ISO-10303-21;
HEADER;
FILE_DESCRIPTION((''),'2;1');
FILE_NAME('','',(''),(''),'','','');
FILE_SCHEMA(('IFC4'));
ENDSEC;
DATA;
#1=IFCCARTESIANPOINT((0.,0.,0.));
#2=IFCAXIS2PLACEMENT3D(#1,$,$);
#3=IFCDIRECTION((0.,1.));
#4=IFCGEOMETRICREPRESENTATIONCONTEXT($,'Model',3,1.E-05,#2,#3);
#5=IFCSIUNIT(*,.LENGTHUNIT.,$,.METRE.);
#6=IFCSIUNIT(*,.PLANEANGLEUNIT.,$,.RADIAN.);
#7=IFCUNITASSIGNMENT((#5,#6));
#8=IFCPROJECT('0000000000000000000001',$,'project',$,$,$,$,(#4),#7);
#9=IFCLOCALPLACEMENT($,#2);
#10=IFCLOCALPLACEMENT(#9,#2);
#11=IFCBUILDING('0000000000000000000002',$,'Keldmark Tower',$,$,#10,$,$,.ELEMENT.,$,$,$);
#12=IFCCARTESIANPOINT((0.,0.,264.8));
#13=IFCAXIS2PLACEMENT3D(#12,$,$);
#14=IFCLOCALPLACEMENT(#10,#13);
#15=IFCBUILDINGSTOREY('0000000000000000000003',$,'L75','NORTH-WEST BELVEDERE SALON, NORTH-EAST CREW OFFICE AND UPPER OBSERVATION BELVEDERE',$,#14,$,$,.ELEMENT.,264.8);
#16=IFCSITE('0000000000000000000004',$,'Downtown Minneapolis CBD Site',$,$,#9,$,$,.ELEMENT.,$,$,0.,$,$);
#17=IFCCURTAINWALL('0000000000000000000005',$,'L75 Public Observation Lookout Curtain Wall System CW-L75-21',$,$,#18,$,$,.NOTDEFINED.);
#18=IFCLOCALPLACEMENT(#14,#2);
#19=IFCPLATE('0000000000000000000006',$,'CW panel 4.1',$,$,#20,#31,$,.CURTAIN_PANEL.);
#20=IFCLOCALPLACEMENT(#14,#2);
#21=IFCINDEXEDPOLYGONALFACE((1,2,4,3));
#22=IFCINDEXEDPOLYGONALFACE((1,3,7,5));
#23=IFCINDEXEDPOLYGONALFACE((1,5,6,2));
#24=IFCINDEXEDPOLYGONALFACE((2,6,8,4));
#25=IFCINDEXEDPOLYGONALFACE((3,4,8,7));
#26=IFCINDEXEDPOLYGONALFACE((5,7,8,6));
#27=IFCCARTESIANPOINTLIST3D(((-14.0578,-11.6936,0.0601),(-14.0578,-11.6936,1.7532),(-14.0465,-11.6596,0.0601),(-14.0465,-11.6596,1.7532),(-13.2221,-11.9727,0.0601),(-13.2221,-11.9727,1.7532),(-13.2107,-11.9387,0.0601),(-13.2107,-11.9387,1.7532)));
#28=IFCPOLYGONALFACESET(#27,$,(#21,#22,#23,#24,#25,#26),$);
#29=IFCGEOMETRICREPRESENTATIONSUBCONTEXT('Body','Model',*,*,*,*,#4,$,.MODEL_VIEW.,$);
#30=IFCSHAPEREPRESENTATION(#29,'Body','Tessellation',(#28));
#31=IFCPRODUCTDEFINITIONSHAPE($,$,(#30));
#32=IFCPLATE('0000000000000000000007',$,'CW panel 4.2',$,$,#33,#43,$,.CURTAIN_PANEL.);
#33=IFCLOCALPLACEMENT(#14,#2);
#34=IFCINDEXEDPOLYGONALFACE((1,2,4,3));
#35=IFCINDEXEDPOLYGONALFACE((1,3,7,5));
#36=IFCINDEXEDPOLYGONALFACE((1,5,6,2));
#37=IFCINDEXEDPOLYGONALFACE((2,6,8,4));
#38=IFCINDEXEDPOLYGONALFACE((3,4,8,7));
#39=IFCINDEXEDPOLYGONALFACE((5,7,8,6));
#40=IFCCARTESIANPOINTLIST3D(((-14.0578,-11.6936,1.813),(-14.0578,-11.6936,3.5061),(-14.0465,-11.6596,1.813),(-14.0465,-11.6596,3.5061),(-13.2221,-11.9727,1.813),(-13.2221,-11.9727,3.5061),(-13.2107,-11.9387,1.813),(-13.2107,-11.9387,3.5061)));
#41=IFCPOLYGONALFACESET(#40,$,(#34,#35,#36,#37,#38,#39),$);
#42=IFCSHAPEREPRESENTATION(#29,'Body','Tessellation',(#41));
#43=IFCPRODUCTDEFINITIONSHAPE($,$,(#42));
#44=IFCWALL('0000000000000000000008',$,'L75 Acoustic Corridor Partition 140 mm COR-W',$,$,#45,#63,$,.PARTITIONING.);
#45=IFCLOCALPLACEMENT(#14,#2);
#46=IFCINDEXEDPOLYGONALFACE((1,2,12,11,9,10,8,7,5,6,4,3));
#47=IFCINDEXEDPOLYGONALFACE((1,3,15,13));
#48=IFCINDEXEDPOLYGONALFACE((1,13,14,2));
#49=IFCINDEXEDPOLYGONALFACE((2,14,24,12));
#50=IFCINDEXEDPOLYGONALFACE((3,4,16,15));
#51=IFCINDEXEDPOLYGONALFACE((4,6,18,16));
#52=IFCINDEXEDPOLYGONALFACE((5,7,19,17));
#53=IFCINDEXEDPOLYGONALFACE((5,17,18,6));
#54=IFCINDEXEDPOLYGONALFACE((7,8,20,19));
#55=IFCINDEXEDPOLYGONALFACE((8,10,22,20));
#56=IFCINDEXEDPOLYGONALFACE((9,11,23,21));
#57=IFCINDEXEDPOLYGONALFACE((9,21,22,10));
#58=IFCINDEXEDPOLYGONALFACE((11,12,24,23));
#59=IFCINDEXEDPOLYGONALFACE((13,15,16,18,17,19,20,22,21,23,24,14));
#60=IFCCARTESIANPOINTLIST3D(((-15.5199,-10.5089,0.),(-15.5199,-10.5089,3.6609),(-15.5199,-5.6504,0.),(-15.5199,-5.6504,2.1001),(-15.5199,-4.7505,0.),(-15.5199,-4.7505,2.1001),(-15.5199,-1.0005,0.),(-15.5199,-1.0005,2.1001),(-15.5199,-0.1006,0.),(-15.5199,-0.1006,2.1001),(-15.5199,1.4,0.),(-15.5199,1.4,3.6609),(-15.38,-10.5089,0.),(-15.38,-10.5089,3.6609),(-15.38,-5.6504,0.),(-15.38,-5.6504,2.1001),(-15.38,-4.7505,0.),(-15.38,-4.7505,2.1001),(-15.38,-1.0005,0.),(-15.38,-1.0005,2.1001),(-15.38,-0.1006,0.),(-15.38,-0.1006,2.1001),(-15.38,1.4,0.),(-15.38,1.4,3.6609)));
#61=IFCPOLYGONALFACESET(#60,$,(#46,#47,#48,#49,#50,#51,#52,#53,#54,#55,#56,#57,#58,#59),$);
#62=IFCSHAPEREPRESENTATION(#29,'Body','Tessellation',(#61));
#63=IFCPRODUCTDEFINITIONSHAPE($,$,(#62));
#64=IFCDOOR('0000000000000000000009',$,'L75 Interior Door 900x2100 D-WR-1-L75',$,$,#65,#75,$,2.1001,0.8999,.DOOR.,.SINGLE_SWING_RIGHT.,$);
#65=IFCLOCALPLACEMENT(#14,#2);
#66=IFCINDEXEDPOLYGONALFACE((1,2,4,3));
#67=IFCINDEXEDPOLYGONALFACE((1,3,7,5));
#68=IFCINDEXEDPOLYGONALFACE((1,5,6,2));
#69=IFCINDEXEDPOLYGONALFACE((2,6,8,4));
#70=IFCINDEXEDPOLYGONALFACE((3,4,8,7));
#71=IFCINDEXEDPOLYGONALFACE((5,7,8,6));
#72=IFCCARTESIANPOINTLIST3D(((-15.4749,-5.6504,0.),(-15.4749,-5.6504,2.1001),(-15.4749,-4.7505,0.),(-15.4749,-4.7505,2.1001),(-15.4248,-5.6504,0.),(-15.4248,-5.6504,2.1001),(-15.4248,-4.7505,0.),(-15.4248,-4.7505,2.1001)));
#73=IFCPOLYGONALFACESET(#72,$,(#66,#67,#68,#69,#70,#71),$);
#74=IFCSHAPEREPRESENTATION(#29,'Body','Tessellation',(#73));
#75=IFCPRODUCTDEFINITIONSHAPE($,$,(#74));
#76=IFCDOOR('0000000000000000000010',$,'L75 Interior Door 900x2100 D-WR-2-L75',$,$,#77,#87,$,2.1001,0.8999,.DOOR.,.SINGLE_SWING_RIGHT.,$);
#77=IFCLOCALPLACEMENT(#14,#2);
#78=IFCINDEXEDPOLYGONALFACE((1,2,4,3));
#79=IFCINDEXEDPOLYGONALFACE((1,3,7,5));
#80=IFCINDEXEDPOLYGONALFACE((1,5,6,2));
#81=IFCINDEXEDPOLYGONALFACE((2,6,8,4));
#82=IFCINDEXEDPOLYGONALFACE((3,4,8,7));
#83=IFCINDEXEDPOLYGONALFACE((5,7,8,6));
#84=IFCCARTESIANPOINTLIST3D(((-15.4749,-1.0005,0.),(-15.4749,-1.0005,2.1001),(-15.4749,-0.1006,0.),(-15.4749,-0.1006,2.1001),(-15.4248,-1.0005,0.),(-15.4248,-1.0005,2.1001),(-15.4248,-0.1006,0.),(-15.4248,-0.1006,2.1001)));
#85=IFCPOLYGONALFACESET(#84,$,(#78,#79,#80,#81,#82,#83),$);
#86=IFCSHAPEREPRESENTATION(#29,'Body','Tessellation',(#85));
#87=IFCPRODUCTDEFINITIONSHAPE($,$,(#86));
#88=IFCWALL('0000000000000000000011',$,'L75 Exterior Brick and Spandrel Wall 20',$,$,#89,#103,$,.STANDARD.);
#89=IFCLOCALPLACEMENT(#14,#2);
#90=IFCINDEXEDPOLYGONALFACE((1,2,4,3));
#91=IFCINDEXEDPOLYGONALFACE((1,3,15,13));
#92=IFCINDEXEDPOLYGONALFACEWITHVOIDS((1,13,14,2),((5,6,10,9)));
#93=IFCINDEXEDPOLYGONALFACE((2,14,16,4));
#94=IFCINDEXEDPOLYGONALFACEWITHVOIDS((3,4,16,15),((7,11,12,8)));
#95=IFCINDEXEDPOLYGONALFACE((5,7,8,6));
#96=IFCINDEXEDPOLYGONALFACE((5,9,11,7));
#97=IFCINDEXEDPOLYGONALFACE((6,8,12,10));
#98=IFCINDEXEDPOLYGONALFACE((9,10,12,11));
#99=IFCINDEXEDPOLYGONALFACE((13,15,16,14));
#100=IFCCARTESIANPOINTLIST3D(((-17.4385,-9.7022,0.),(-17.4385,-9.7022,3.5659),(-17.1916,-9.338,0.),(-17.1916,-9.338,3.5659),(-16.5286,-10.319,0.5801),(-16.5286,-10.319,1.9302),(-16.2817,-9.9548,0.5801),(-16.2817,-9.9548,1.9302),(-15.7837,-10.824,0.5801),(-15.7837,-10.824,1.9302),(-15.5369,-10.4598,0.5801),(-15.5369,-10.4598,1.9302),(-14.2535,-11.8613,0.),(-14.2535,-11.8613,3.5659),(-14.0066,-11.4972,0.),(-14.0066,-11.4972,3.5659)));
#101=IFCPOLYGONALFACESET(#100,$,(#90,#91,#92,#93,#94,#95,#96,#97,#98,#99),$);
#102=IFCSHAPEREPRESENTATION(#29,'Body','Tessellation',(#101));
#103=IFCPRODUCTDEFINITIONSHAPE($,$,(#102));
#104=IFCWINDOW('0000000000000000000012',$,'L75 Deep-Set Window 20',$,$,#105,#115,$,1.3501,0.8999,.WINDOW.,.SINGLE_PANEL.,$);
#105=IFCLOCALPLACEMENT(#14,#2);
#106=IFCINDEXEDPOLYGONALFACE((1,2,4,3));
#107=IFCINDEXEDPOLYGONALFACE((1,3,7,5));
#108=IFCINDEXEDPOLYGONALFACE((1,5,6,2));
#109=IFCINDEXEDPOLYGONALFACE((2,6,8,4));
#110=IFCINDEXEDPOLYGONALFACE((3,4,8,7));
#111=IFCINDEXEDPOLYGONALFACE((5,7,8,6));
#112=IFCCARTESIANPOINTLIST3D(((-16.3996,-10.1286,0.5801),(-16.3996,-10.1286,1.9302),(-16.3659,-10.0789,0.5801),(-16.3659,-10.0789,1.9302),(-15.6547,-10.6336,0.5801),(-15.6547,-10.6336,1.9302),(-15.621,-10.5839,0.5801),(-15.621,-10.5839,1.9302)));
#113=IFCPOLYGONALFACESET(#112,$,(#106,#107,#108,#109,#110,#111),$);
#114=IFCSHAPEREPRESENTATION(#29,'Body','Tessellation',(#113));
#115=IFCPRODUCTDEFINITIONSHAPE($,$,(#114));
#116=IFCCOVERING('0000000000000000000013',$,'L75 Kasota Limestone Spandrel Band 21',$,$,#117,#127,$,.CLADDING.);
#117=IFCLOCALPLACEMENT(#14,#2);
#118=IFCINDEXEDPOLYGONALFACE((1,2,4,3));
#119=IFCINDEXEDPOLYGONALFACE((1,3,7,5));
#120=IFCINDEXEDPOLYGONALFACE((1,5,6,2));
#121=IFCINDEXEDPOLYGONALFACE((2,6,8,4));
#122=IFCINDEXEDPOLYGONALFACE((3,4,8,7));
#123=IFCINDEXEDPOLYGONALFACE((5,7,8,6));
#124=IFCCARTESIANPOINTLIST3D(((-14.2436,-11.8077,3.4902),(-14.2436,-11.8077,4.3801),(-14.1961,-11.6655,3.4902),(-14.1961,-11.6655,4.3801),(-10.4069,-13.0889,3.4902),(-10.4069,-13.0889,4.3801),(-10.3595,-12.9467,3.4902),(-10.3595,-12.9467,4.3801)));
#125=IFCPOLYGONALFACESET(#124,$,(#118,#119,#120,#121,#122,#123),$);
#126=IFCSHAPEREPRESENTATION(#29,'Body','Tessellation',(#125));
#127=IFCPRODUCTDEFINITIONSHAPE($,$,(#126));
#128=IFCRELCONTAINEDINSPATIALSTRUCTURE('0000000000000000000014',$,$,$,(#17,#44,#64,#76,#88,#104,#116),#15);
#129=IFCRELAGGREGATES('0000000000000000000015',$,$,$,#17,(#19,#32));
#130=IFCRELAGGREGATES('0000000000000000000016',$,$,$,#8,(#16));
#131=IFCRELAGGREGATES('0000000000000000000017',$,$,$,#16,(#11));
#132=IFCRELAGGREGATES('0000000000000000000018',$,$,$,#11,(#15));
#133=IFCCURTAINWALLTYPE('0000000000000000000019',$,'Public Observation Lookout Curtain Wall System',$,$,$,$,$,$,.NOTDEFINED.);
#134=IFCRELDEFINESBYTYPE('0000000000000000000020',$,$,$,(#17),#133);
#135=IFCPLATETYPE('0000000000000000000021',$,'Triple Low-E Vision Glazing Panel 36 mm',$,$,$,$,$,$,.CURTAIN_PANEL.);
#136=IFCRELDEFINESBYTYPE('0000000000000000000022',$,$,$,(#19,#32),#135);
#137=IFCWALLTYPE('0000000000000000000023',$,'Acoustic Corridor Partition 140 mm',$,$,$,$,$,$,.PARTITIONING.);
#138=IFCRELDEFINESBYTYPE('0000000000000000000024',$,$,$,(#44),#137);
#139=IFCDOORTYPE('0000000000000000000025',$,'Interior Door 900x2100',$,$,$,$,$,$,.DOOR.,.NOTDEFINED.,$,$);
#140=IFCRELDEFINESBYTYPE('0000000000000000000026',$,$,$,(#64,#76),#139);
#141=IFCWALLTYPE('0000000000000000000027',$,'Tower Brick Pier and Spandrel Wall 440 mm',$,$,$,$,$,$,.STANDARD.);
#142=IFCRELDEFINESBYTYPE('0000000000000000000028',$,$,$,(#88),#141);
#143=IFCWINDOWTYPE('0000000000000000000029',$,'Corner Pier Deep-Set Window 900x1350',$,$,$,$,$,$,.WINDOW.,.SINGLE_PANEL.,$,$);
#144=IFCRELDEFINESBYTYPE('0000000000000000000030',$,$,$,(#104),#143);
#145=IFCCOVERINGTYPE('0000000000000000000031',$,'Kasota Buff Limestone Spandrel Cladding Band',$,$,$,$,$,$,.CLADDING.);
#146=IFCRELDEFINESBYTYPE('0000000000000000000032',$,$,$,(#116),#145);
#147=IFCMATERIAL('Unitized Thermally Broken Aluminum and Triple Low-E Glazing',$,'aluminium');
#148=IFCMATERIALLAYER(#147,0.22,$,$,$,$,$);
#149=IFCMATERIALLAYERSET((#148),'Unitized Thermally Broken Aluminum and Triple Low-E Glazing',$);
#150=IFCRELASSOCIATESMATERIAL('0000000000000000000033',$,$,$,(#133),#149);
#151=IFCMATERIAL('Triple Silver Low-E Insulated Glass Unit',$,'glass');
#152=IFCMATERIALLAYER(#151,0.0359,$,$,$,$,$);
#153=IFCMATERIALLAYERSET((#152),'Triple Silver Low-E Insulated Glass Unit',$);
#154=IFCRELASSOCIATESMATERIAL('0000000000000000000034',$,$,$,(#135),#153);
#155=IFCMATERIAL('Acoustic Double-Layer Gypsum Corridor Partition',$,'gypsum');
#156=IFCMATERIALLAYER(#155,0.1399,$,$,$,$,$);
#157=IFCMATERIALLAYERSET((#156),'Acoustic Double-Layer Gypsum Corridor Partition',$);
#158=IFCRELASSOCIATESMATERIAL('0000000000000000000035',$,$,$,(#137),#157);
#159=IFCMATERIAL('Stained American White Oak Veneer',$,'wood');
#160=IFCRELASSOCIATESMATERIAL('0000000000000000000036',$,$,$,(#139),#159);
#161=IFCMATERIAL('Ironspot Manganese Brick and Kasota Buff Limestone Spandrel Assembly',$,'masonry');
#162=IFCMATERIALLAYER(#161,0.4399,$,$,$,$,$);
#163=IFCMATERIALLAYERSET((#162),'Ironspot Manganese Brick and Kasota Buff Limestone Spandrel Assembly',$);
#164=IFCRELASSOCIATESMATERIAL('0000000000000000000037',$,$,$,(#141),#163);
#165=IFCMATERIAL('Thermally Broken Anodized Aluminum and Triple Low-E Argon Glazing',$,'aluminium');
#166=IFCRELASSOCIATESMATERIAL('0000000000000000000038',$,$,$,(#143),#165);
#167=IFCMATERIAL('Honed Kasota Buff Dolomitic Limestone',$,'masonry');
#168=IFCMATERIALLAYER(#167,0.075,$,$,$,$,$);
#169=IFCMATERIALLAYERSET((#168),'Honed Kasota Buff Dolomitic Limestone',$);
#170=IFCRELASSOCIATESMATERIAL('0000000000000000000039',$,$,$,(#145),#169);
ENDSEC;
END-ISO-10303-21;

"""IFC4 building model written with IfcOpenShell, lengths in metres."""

from ifc_helpers import new_model, si_unit, direction, frame, frame_2d, origin, origin_2d, place, context, subcontext, project, spatial, rectangle, extrude, material, layer, layer_set, type_object, element, fill, aggregate, save


model = new_model("IFC4")

# Units and contexts
model_context = context("Model", 3, precision=1e-05, world=origin(), true_north=direction((0.0, 1.0)))
body_context = subcontext(model_context, "Body", "Model", "MODEL_VIEW")
ifc_project = project(units=[si_unit("LENGTHUNIT", "METRE"), si_unit("PLANEANGLEUNIT", "RADIAN")], contexts=[model_context])

# Site, building, storey
site_placement = place(None, origin())
site = spatial("IfcSite", under=ifc_project, at=site_placement, Name="Downtown Minneapolis CBD Site", CompositionType="ELEMENT", RefElevation=0.0)
building_placement = place(site_placement, origin())
building = spatial("IfcBuilding", under=site, at=building_placement, Name="Keldmark Tower", CompositionType="ELEMENT")
storey_placement = place(building_placement, frame((0.0, 0.0, 264.8)))
storey = spatial("IfcBuildingStorey", under=building, at=storey_placement, Name="L75", Description="NORTH-WEST BELVEDERE SALON, NORTH-EAST CREW OFFICE AND UPPER OBSERVATION BELVEDERE", CompositionType="ELEMENT", Elevation=264.8)

# Curtain wall
ifc_material_1 = material(Name="Unitized Thermally Broken Aluminum and Triple Low-E Glazing", Category="aluminium")
ifc_layer_1 = layer(ifc_material_1, 0.22)
ifc_layer_set_1 = layer_set([ifc_layer_1], Name="Unitized Thermally Broken Aluminum and Triple Low-E Glazing")
curtain_wall_type = type_object("IfcCurtainWallType", Name="Public Observation Lookout Curtain Wall System", PredefinedType="NOTDEFINED", material=ifc_layer_set_1)
curtain_wall_placement = place(storey_placement, origin())
curtain_wall = element("IfcCurtainWall", 1, at=curtain_wall_placement, inside=storey, type_object=curtain_wall_type, Name="L75 Public Observation Lookout Curtain Wall System CW-L75-21", PredefinedType="NOTDEFINED")

# Plates
ifc_material_2 = material(Name="Triple Silver Low-E Insulated Glass Unit", Category="glass")
ifc_layer_2 = layer(ifc_material_2, 0.0359)
ifc_layer_set_2 = layer_set([ifc_layer_2], Name="Triple Silver Low-E Insulated Glass Unit")
plate_type_1 = type_object("IfcPlateType", Name="Triple Low-E Vision Glazing Panel 36 mm", PredefinedType="CURTAIN_PANEL", material=ifc_layer_set_2)
plate_1_placement = place(storey_placement, frame((-13.6343, -11.8162, 0.0601), z_axis=(0.0, 0.0, 1.0), x_axis=(-0.9485, 0.316776, 0.0)))
plate_1 = element("IfcPlate", 2, at=plate_1_placement, type_object=plate_type_1, Name="CW panel 4.1", PredefinedType="CURTAIN_PANEL", context=body_context, shape_type="SweptSolid", body=[
    extrude(rectangle(XDim=0.8811, YDim=0.0359, at=origin_2d()), origin(), (0.0, 0.0, 1.0), 1.6931),
])
plate_2_placement = place(storey_placement, frame((-13.6343, -11.8162, 1.813), z_axis=(0.0, 0.0, 1.0), x_axis=(-0.9485, 0.316776, 0.0)))
plate_2 = element("IfcPlate", 3, at=plate_2_placement, type_object=plate_type_1, Name="CW panel 4.2", PredefinedType="CURTAIN_PANEL", context=body_context, shape_type="SweptSolid", body=[
    extrude(rectangle(XDim=0.8811, YDim=0.0359, at=origin_2d()), origin(), (0.0, 0.0, 1.0), 1.6931),
])
aggregate(curtain_wall, [plate_1, plate_2])

# Wall, openings, doors
ifc_material_3 = material(Name="Acoustic Double-Layer Gypsum Corridor Partition", Category="gypsum")
ifc_layer_3 = layer(ifc_material_3, 0.1399)
ifc_layer_set_3 = layer_set([ifc_layer_3], Name="Acoustic Double-Layer Gypsum Corridor Partition")
wall_type_1 = type_object("IfcWallType", Name="Acoustic Corridor Partition 140 mm", PredefinedType="PARTITIONING", material=ifc_layer_set_3)
wall_1_placement = place(storey_placement, frame((-15.45, -10.509, 0.0), z_axis=(0.0, 0.0, 1.0), x_axis=(0.0, 1.0, 0.0)))
wall_1 = element("IfcWall", 4, at=wall_1_placement, inside=storey, type_object=wall_type_1, Name="L75 Acoustic Corridor Partition 140 mm COR-W", PredefinedType="PARTITIONING", context=body_context, shape_type="SweptSolid", body=[
    extrude(rectangle(XDim=11.9089, YDim=0.1399, at=frame_2d((5.9546, 0.0))), origin(), (0.0, 0.0, 1.0), 3.6609),
])
opening_1_placement = place(wall_1_placement, frame((4.8586, 0.0, 0.0)))
opening_1 = element("IfcOpeningElement", 5, at=opening_1_placement, cuts=wall_1, PredefinedType="OPENING", context=body_context, shape_type="SweptSolid", body=[
    extrude(rectangle(XDim=0.8999, YDim=2.1001, at=frame_2d((0.45, 1.05))), frame((0.0, 0.0798, 0.0), z_axis=(0.0, -1.0, 0.0), x_axis=(1.0, 0.0, 0.0)), (0.0, 0.0, 1.0), 0.1599),
])
opening_2_placement = place(wall_1_placement, frame((9.5085, 0.0, 0.0)))
opening_2 = element("IfcOpeningElement", 6, at=opening_2_placement, cuts=wall_1, PredefinedType="OPENING", context=body_context, shape_type="SweptSolid", body=[
    extrude(rectangle(XDim=0.8999, YDim=2.1001, at=frame_2d((0.45, 1.05))), frame((0.0, 0.0798, 0.0), z_axis=(0.0, -1.0, 0.0), x_axis=(1.0, 0.0, 0.0)), (0.0, 0.0, 1.0), 0.1599),
])
ifc_material_4 = material(Name="Stained American White Oak Veneer", Category="wood")
door_type = type_object("IfcDoorType", Name="Interior Door 900x2100", OperationType="NOTDEFINED", PredefinedType="DOOR", material=ifc_material_4)
door_1_placement = place(opening_1_placement, origin())
door_1 = element("IfcDoor", 7, at=door_1_placement, inside=storey, type_object=door_type, Name="L75 Interior Door 900x2100 D-WR-1-L75", OperationType="SINGLE_SWING_RIGHT", OverallHeight=2.1001, OverallWidth=0.8999, PredefinedType="DOOR", context=body_context, shape_type="SweptSolid", body=[
    extrude(rectangle(XDim=0.8999, YDim=2.1001, at=frame_2d((0.45, 1.05))), frame((0.0, 0.0249, 0.0), z_axis=(0.0, -1.0, 0.0), x_axis=(1.0, 0.0, 0.0)), (0.0, 0.0, 1.0), 0.05),
])
fill(opening_1, door_1)
door_2_placement = place(opening_2_placement, origin())
door_2 = element("IfcDoor", 8, at=door_2_placement, inside=storey, type_object=door_type, Name="L75 Interior Door 900x2100 D-WR-2-L75", OperationType="SINGLE_SWING_RIGHT", OverallHeight=2.1001, OverallWidth=0.8999, PredefinedType="DOOR", context=body_context, shape_type="SweptSolid", body=[
    extrude(rectangle(XDim=0.8999, YDim=2.1001, at=frame_2d((0.45, 1.05))), frame((0.0, 0.0249, 0.0), z_axis=(0.0, -1.0, 0.0), x_axis=(1.0, 0.0, 0.0)), (0.0, 0.0, 1.0), 0.05),
])
fill(opening_2, door_2)

# Wall, opening, window
ifc_material_5 = material(Name="Ironspot Manganese Brick and Kasota Buff Limestone Spandrel Assembly", Category="masonry")
ifc_layer_4 = layer(ifc_material_5, 0.4399)
ifc_layer_set_4 = layer_set([ifc_layer_4], Name="Ironspot Manganese Brick and Kasota Buff Limestone Spandrel Assembly")
wall_type_2 = type_object("IfcWallType", Name="Tower Brick Pier and Spandrel Wall 440 mm", PredefinedType="STANDARD", material=ifc_layer_set_4)
wall_2_placement = place(storey_placement, frame((-14.1301, -11.6792, 0.0), z_axis=(0.0, 0.0, 1.0), x_axis=(-0.82773, 0.561126, 0.0)))
wall_2 = element("IfcWall", 9, at=wall_2_placement, inside=storey, type_object=wall_type_2, Name="L75 Exterior Brick and Spandrel Wall 20", PredefinedType="STANDARD", context=body_context, shape_type="SweptSolid", body=[
    extrude(rectangle(XDim=3.8479, YDim=0.4399, at=frame_2d((1.9238, 0.0))), origin(), (0.0, 0.0, 1.0), 3.5659),
])
opening_3_placement = place(wall_2_placement, frame((1.8486, 0.0, 0.5801)))
opening_3 = element("IfcOpeningElement", 10, at=opening_3_placement, cuts=wall_2, PredefinedType="OPENING", context=body_context, shape_type="SweptSolid", body=[
    extrude(rectangle(XDim=0.8999, YDim=1.3501, at=frame_2d((0.45, 0.675))), frame((0.0, 0.23, 0.0), z_axis=(0.0, -1.0, 0.0), x_axis=(1.0, 0.0, 0.0)), (0.0, 0.0, 1.0), 0.46),
])
ifc_material_6 = material(Name="Thermally Broken Anodized Aluminum and Triple Low-E Argon Glazing", Category="aluminium")
window_type = type_object("IfcWindowType", Name="Corner Pier Deep-Set Window 900x1350", PartitioningType="SINGLE_PANEL", PredefinedType="WINDOW", material=ifc_material_6)
window_placement = place(opening_3_placement, origin())
window = element("IfcWindow", 11, at=window_placement, inside=storey, type_object=window_type, Name="L75 Deep-Set Window 20", OverallHeight=1.3501, OverallWidth=0.8999, PartitioningType="SINGLE_PANEL", PredefinedType="WINDOW", context=body_context, shape_type="SweptSolid", body=[
    extrude(rectangle(XDim=0.8999, YDim=1.3501, at=frame_2d((0.45, 0.675))), frame((0.0, -0.01, 0.0), z_axis=(0.0, -1.0, 0.0), x_axis=(1.0, 0.0, 0.0)), (0.0, 0.0, 1.0), 0.0601),
])
fill(opening_3, window)

# Covering
ifc_material_7 = material(Name="Honed Kasota Buff Dolomitic Limestone", Category="masonry")
ifc_layer_5 = layer(ifc_material_7, 0.075)
ifc_layer_set_5 = layer_set([ifc_layer_5], Name="Honed Kasota Buff Dolomitic Limestone")
covering_type = type_object("IfcCoveringType", Name="Kasota Buff Limestone Spandrel Cladding Band", PredefinedType="CLADDING", material=ifc_layer_set_5)
covering_placement = place(storey_placement, frame((-12.3015, -12.3772, 3.4902), z_axis=(0.0, 0.0, 1.0), x_axis=(0.948506, -0.316758, 0.0)))
element("IfcCovering", 12, at=covering_placement, inside=storey, type_object=covering_type, Name="L75 Kasota Limestone Spandrel Band 21", PredefinedType="CLADDING", context=body_context, shape_type="SweptSolid", body=[
    extrude(rectangle(XDim=4.0449, YDim=0.1499, at=origin_2d()), origin(), (0.0, 0.0, 1.0), 0.8899),
])

save(model, "model.ifc")
